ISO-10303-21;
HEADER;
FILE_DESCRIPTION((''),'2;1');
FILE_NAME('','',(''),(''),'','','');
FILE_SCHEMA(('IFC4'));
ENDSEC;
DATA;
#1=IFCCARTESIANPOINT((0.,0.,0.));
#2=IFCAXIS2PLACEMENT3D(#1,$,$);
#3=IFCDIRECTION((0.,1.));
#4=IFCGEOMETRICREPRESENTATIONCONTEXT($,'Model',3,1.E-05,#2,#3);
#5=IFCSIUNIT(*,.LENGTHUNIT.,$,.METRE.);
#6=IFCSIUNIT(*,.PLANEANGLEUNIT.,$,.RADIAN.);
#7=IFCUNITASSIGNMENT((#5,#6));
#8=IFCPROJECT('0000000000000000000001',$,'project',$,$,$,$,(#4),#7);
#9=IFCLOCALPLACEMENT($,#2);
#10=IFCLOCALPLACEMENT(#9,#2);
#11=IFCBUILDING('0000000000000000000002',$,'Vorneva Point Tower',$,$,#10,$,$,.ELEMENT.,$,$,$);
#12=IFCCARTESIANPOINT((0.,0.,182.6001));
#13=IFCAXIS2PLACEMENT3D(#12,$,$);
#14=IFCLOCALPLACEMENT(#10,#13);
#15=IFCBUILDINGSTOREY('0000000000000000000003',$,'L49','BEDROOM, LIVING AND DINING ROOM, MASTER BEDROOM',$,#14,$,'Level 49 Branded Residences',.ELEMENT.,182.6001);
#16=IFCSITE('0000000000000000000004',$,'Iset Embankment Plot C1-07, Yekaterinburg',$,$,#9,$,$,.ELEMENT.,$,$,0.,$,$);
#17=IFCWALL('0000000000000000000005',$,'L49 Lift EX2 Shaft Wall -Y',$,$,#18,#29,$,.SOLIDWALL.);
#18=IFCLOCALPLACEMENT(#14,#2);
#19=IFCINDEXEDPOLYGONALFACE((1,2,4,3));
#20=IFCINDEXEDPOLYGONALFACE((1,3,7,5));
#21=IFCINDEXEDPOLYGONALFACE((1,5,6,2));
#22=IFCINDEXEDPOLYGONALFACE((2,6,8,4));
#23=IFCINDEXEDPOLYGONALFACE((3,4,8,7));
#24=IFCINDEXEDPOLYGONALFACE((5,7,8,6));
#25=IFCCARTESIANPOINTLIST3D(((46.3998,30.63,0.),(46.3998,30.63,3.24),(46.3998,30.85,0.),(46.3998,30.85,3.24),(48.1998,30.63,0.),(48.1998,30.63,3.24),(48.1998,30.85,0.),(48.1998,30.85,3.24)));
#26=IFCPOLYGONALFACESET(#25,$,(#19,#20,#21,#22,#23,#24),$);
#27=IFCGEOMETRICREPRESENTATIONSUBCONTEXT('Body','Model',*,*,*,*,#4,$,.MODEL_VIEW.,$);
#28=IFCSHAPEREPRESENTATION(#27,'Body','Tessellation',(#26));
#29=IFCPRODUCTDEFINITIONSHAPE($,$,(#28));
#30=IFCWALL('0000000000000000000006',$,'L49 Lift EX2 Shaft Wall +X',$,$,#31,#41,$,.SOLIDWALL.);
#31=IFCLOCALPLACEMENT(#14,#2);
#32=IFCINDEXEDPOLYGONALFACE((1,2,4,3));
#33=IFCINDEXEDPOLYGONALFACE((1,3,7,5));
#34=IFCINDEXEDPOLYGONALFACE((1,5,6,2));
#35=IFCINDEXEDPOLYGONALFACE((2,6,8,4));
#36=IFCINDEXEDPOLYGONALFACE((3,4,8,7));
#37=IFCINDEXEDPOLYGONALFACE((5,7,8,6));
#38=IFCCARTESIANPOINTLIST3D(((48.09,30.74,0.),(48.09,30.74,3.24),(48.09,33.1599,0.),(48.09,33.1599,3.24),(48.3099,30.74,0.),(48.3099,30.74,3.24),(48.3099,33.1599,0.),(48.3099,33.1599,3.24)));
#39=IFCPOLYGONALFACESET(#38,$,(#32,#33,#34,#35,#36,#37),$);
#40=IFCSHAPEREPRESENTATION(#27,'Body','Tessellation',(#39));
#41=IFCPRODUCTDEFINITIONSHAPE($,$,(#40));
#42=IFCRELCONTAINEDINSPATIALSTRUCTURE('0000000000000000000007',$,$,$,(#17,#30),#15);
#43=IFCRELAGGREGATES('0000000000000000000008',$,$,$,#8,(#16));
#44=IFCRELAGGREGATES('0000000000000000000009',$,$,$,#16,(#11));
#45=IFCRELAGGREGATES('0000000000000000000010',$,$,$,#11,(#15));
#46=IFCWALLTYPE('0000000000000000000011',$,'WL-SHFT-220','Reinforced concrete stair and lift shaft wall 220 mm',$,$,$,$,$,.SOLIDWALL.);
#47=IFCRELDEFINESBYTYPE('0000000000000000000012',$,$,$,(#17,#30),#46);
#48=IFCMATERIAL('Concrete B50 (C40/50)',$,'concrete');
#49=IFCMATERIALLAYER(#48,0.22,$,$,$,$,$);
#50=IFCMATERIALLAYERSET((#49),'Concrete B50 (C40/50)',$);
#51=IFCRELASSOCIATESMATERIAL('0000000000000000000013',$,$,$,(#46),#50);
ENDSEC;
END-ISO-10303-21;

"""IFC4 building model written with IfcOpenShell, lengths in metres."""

from ifc_helpers import new_model, si_unit, direction, frame, frame_2d, origin, place, context, subcontext, project, spatial, rectangle, extrude, material, layer, layer_set, type_object, element, save


model = new_model("IFC4")

# Units and contexts
model_context = context("Model", 3, precision=1e-05, world=origin(), true_north=direction((0.0, 1.0)))
body_context = subcontext(model_context, "Body", "Model", "MODEL_VIEW")
ifc_project = project(units=[si_unit("LENGTHUNIT", "METRE"), si_unit("PLANEANGLEUNIT", "RADIAN")], contexts=[model_context])

# Site, building, storey
site_placement = place(None, origin())
site = spatial("IfcSite", under=ifc_project, at=site_placement, Name="Iset Embankment Plot C1-07, Yekaterinburg", CompositionType="ELEMENT", RefElevation=0.0)
building_placement = place(site_placement, origin())
building = spatial("IfcBuilding", under=site, at=building_placement, Name="Vorneva Point Tower", CompositionType="ELEMENT")
storey_placement = place(building_placement, frame((0.0, 0.0, 182.6001)))
storey = spatial("IfcBuildingStorey", under=building, at=storey_placement, Name="L49", Description="BEDROOM, LIVING AND DINING ROOM, MASTER BEDROOM", LongName="Level 49 Branded Residences", CompositionType="ELEMENT", Elevation=182.6001)

# Shared definitions
ifc_material_1 = material(Name="Concrete B50 (C40/50)", Category="concrete")

# Walls
ifc_layer_1 = layer(ifc_material_1, 0.22)
ifc_layer_set_1 = layer_set([ifc_layer_1], Name="Concrete B50 (C40/50)")
wall_type_1 = type_object("IfcWallType", Name="WL-SHFT-220", Description="Reinforced concrete stair and lift shaft wall 220 mm", PredefinedType="SOLIDWALL", material=ifc_layer_set_1)
wall_1_placement = place(storey_placement, frame((46.3999, 30.74, 0.0), z_axis=(0.0, 0.0, 1.0), x_axis=(1.0, 0.0, 0.0)))
element("IfcWall", 1, at=wall_1_placement, inside=storey, type_object=wall_type_1, Name="L49 Lift EX2 Shaft Wall -Y", PredefinedType="SOLIDWALL", context=body_context, shape_type="SweptSolid", body=[
    extrude(rectangle(XDim=1.8, YDim=0.22, at=frame_2d((0.8999, 0.0))), origin(), (0.0, 0.0, 1.0), 3.24),
])
wall_2_placement = place(storey_placement, frame((48.2, 30.74, 0.0), z_axis=(0.0, 0.0, 1.0), x_axis=(0.0, 1.0, 0.0)))
element("IfcWall", 2, at=wall_2_placement, inside=storey, type_object=wall_type_1, Name="L49 Lift EX2 Shaft Wall +X", PredefinedType="SOLIDWALL", context=body_context, shape_type="SweptSolid", body=[
    extrude(rectangle(XDim=2.4199, YDim=0.22, at=frame_2d((1.21, 0.0))), origin(), (0.0, 0.0, 1.0), 3.24),
])

save(model, "model.ifc")
